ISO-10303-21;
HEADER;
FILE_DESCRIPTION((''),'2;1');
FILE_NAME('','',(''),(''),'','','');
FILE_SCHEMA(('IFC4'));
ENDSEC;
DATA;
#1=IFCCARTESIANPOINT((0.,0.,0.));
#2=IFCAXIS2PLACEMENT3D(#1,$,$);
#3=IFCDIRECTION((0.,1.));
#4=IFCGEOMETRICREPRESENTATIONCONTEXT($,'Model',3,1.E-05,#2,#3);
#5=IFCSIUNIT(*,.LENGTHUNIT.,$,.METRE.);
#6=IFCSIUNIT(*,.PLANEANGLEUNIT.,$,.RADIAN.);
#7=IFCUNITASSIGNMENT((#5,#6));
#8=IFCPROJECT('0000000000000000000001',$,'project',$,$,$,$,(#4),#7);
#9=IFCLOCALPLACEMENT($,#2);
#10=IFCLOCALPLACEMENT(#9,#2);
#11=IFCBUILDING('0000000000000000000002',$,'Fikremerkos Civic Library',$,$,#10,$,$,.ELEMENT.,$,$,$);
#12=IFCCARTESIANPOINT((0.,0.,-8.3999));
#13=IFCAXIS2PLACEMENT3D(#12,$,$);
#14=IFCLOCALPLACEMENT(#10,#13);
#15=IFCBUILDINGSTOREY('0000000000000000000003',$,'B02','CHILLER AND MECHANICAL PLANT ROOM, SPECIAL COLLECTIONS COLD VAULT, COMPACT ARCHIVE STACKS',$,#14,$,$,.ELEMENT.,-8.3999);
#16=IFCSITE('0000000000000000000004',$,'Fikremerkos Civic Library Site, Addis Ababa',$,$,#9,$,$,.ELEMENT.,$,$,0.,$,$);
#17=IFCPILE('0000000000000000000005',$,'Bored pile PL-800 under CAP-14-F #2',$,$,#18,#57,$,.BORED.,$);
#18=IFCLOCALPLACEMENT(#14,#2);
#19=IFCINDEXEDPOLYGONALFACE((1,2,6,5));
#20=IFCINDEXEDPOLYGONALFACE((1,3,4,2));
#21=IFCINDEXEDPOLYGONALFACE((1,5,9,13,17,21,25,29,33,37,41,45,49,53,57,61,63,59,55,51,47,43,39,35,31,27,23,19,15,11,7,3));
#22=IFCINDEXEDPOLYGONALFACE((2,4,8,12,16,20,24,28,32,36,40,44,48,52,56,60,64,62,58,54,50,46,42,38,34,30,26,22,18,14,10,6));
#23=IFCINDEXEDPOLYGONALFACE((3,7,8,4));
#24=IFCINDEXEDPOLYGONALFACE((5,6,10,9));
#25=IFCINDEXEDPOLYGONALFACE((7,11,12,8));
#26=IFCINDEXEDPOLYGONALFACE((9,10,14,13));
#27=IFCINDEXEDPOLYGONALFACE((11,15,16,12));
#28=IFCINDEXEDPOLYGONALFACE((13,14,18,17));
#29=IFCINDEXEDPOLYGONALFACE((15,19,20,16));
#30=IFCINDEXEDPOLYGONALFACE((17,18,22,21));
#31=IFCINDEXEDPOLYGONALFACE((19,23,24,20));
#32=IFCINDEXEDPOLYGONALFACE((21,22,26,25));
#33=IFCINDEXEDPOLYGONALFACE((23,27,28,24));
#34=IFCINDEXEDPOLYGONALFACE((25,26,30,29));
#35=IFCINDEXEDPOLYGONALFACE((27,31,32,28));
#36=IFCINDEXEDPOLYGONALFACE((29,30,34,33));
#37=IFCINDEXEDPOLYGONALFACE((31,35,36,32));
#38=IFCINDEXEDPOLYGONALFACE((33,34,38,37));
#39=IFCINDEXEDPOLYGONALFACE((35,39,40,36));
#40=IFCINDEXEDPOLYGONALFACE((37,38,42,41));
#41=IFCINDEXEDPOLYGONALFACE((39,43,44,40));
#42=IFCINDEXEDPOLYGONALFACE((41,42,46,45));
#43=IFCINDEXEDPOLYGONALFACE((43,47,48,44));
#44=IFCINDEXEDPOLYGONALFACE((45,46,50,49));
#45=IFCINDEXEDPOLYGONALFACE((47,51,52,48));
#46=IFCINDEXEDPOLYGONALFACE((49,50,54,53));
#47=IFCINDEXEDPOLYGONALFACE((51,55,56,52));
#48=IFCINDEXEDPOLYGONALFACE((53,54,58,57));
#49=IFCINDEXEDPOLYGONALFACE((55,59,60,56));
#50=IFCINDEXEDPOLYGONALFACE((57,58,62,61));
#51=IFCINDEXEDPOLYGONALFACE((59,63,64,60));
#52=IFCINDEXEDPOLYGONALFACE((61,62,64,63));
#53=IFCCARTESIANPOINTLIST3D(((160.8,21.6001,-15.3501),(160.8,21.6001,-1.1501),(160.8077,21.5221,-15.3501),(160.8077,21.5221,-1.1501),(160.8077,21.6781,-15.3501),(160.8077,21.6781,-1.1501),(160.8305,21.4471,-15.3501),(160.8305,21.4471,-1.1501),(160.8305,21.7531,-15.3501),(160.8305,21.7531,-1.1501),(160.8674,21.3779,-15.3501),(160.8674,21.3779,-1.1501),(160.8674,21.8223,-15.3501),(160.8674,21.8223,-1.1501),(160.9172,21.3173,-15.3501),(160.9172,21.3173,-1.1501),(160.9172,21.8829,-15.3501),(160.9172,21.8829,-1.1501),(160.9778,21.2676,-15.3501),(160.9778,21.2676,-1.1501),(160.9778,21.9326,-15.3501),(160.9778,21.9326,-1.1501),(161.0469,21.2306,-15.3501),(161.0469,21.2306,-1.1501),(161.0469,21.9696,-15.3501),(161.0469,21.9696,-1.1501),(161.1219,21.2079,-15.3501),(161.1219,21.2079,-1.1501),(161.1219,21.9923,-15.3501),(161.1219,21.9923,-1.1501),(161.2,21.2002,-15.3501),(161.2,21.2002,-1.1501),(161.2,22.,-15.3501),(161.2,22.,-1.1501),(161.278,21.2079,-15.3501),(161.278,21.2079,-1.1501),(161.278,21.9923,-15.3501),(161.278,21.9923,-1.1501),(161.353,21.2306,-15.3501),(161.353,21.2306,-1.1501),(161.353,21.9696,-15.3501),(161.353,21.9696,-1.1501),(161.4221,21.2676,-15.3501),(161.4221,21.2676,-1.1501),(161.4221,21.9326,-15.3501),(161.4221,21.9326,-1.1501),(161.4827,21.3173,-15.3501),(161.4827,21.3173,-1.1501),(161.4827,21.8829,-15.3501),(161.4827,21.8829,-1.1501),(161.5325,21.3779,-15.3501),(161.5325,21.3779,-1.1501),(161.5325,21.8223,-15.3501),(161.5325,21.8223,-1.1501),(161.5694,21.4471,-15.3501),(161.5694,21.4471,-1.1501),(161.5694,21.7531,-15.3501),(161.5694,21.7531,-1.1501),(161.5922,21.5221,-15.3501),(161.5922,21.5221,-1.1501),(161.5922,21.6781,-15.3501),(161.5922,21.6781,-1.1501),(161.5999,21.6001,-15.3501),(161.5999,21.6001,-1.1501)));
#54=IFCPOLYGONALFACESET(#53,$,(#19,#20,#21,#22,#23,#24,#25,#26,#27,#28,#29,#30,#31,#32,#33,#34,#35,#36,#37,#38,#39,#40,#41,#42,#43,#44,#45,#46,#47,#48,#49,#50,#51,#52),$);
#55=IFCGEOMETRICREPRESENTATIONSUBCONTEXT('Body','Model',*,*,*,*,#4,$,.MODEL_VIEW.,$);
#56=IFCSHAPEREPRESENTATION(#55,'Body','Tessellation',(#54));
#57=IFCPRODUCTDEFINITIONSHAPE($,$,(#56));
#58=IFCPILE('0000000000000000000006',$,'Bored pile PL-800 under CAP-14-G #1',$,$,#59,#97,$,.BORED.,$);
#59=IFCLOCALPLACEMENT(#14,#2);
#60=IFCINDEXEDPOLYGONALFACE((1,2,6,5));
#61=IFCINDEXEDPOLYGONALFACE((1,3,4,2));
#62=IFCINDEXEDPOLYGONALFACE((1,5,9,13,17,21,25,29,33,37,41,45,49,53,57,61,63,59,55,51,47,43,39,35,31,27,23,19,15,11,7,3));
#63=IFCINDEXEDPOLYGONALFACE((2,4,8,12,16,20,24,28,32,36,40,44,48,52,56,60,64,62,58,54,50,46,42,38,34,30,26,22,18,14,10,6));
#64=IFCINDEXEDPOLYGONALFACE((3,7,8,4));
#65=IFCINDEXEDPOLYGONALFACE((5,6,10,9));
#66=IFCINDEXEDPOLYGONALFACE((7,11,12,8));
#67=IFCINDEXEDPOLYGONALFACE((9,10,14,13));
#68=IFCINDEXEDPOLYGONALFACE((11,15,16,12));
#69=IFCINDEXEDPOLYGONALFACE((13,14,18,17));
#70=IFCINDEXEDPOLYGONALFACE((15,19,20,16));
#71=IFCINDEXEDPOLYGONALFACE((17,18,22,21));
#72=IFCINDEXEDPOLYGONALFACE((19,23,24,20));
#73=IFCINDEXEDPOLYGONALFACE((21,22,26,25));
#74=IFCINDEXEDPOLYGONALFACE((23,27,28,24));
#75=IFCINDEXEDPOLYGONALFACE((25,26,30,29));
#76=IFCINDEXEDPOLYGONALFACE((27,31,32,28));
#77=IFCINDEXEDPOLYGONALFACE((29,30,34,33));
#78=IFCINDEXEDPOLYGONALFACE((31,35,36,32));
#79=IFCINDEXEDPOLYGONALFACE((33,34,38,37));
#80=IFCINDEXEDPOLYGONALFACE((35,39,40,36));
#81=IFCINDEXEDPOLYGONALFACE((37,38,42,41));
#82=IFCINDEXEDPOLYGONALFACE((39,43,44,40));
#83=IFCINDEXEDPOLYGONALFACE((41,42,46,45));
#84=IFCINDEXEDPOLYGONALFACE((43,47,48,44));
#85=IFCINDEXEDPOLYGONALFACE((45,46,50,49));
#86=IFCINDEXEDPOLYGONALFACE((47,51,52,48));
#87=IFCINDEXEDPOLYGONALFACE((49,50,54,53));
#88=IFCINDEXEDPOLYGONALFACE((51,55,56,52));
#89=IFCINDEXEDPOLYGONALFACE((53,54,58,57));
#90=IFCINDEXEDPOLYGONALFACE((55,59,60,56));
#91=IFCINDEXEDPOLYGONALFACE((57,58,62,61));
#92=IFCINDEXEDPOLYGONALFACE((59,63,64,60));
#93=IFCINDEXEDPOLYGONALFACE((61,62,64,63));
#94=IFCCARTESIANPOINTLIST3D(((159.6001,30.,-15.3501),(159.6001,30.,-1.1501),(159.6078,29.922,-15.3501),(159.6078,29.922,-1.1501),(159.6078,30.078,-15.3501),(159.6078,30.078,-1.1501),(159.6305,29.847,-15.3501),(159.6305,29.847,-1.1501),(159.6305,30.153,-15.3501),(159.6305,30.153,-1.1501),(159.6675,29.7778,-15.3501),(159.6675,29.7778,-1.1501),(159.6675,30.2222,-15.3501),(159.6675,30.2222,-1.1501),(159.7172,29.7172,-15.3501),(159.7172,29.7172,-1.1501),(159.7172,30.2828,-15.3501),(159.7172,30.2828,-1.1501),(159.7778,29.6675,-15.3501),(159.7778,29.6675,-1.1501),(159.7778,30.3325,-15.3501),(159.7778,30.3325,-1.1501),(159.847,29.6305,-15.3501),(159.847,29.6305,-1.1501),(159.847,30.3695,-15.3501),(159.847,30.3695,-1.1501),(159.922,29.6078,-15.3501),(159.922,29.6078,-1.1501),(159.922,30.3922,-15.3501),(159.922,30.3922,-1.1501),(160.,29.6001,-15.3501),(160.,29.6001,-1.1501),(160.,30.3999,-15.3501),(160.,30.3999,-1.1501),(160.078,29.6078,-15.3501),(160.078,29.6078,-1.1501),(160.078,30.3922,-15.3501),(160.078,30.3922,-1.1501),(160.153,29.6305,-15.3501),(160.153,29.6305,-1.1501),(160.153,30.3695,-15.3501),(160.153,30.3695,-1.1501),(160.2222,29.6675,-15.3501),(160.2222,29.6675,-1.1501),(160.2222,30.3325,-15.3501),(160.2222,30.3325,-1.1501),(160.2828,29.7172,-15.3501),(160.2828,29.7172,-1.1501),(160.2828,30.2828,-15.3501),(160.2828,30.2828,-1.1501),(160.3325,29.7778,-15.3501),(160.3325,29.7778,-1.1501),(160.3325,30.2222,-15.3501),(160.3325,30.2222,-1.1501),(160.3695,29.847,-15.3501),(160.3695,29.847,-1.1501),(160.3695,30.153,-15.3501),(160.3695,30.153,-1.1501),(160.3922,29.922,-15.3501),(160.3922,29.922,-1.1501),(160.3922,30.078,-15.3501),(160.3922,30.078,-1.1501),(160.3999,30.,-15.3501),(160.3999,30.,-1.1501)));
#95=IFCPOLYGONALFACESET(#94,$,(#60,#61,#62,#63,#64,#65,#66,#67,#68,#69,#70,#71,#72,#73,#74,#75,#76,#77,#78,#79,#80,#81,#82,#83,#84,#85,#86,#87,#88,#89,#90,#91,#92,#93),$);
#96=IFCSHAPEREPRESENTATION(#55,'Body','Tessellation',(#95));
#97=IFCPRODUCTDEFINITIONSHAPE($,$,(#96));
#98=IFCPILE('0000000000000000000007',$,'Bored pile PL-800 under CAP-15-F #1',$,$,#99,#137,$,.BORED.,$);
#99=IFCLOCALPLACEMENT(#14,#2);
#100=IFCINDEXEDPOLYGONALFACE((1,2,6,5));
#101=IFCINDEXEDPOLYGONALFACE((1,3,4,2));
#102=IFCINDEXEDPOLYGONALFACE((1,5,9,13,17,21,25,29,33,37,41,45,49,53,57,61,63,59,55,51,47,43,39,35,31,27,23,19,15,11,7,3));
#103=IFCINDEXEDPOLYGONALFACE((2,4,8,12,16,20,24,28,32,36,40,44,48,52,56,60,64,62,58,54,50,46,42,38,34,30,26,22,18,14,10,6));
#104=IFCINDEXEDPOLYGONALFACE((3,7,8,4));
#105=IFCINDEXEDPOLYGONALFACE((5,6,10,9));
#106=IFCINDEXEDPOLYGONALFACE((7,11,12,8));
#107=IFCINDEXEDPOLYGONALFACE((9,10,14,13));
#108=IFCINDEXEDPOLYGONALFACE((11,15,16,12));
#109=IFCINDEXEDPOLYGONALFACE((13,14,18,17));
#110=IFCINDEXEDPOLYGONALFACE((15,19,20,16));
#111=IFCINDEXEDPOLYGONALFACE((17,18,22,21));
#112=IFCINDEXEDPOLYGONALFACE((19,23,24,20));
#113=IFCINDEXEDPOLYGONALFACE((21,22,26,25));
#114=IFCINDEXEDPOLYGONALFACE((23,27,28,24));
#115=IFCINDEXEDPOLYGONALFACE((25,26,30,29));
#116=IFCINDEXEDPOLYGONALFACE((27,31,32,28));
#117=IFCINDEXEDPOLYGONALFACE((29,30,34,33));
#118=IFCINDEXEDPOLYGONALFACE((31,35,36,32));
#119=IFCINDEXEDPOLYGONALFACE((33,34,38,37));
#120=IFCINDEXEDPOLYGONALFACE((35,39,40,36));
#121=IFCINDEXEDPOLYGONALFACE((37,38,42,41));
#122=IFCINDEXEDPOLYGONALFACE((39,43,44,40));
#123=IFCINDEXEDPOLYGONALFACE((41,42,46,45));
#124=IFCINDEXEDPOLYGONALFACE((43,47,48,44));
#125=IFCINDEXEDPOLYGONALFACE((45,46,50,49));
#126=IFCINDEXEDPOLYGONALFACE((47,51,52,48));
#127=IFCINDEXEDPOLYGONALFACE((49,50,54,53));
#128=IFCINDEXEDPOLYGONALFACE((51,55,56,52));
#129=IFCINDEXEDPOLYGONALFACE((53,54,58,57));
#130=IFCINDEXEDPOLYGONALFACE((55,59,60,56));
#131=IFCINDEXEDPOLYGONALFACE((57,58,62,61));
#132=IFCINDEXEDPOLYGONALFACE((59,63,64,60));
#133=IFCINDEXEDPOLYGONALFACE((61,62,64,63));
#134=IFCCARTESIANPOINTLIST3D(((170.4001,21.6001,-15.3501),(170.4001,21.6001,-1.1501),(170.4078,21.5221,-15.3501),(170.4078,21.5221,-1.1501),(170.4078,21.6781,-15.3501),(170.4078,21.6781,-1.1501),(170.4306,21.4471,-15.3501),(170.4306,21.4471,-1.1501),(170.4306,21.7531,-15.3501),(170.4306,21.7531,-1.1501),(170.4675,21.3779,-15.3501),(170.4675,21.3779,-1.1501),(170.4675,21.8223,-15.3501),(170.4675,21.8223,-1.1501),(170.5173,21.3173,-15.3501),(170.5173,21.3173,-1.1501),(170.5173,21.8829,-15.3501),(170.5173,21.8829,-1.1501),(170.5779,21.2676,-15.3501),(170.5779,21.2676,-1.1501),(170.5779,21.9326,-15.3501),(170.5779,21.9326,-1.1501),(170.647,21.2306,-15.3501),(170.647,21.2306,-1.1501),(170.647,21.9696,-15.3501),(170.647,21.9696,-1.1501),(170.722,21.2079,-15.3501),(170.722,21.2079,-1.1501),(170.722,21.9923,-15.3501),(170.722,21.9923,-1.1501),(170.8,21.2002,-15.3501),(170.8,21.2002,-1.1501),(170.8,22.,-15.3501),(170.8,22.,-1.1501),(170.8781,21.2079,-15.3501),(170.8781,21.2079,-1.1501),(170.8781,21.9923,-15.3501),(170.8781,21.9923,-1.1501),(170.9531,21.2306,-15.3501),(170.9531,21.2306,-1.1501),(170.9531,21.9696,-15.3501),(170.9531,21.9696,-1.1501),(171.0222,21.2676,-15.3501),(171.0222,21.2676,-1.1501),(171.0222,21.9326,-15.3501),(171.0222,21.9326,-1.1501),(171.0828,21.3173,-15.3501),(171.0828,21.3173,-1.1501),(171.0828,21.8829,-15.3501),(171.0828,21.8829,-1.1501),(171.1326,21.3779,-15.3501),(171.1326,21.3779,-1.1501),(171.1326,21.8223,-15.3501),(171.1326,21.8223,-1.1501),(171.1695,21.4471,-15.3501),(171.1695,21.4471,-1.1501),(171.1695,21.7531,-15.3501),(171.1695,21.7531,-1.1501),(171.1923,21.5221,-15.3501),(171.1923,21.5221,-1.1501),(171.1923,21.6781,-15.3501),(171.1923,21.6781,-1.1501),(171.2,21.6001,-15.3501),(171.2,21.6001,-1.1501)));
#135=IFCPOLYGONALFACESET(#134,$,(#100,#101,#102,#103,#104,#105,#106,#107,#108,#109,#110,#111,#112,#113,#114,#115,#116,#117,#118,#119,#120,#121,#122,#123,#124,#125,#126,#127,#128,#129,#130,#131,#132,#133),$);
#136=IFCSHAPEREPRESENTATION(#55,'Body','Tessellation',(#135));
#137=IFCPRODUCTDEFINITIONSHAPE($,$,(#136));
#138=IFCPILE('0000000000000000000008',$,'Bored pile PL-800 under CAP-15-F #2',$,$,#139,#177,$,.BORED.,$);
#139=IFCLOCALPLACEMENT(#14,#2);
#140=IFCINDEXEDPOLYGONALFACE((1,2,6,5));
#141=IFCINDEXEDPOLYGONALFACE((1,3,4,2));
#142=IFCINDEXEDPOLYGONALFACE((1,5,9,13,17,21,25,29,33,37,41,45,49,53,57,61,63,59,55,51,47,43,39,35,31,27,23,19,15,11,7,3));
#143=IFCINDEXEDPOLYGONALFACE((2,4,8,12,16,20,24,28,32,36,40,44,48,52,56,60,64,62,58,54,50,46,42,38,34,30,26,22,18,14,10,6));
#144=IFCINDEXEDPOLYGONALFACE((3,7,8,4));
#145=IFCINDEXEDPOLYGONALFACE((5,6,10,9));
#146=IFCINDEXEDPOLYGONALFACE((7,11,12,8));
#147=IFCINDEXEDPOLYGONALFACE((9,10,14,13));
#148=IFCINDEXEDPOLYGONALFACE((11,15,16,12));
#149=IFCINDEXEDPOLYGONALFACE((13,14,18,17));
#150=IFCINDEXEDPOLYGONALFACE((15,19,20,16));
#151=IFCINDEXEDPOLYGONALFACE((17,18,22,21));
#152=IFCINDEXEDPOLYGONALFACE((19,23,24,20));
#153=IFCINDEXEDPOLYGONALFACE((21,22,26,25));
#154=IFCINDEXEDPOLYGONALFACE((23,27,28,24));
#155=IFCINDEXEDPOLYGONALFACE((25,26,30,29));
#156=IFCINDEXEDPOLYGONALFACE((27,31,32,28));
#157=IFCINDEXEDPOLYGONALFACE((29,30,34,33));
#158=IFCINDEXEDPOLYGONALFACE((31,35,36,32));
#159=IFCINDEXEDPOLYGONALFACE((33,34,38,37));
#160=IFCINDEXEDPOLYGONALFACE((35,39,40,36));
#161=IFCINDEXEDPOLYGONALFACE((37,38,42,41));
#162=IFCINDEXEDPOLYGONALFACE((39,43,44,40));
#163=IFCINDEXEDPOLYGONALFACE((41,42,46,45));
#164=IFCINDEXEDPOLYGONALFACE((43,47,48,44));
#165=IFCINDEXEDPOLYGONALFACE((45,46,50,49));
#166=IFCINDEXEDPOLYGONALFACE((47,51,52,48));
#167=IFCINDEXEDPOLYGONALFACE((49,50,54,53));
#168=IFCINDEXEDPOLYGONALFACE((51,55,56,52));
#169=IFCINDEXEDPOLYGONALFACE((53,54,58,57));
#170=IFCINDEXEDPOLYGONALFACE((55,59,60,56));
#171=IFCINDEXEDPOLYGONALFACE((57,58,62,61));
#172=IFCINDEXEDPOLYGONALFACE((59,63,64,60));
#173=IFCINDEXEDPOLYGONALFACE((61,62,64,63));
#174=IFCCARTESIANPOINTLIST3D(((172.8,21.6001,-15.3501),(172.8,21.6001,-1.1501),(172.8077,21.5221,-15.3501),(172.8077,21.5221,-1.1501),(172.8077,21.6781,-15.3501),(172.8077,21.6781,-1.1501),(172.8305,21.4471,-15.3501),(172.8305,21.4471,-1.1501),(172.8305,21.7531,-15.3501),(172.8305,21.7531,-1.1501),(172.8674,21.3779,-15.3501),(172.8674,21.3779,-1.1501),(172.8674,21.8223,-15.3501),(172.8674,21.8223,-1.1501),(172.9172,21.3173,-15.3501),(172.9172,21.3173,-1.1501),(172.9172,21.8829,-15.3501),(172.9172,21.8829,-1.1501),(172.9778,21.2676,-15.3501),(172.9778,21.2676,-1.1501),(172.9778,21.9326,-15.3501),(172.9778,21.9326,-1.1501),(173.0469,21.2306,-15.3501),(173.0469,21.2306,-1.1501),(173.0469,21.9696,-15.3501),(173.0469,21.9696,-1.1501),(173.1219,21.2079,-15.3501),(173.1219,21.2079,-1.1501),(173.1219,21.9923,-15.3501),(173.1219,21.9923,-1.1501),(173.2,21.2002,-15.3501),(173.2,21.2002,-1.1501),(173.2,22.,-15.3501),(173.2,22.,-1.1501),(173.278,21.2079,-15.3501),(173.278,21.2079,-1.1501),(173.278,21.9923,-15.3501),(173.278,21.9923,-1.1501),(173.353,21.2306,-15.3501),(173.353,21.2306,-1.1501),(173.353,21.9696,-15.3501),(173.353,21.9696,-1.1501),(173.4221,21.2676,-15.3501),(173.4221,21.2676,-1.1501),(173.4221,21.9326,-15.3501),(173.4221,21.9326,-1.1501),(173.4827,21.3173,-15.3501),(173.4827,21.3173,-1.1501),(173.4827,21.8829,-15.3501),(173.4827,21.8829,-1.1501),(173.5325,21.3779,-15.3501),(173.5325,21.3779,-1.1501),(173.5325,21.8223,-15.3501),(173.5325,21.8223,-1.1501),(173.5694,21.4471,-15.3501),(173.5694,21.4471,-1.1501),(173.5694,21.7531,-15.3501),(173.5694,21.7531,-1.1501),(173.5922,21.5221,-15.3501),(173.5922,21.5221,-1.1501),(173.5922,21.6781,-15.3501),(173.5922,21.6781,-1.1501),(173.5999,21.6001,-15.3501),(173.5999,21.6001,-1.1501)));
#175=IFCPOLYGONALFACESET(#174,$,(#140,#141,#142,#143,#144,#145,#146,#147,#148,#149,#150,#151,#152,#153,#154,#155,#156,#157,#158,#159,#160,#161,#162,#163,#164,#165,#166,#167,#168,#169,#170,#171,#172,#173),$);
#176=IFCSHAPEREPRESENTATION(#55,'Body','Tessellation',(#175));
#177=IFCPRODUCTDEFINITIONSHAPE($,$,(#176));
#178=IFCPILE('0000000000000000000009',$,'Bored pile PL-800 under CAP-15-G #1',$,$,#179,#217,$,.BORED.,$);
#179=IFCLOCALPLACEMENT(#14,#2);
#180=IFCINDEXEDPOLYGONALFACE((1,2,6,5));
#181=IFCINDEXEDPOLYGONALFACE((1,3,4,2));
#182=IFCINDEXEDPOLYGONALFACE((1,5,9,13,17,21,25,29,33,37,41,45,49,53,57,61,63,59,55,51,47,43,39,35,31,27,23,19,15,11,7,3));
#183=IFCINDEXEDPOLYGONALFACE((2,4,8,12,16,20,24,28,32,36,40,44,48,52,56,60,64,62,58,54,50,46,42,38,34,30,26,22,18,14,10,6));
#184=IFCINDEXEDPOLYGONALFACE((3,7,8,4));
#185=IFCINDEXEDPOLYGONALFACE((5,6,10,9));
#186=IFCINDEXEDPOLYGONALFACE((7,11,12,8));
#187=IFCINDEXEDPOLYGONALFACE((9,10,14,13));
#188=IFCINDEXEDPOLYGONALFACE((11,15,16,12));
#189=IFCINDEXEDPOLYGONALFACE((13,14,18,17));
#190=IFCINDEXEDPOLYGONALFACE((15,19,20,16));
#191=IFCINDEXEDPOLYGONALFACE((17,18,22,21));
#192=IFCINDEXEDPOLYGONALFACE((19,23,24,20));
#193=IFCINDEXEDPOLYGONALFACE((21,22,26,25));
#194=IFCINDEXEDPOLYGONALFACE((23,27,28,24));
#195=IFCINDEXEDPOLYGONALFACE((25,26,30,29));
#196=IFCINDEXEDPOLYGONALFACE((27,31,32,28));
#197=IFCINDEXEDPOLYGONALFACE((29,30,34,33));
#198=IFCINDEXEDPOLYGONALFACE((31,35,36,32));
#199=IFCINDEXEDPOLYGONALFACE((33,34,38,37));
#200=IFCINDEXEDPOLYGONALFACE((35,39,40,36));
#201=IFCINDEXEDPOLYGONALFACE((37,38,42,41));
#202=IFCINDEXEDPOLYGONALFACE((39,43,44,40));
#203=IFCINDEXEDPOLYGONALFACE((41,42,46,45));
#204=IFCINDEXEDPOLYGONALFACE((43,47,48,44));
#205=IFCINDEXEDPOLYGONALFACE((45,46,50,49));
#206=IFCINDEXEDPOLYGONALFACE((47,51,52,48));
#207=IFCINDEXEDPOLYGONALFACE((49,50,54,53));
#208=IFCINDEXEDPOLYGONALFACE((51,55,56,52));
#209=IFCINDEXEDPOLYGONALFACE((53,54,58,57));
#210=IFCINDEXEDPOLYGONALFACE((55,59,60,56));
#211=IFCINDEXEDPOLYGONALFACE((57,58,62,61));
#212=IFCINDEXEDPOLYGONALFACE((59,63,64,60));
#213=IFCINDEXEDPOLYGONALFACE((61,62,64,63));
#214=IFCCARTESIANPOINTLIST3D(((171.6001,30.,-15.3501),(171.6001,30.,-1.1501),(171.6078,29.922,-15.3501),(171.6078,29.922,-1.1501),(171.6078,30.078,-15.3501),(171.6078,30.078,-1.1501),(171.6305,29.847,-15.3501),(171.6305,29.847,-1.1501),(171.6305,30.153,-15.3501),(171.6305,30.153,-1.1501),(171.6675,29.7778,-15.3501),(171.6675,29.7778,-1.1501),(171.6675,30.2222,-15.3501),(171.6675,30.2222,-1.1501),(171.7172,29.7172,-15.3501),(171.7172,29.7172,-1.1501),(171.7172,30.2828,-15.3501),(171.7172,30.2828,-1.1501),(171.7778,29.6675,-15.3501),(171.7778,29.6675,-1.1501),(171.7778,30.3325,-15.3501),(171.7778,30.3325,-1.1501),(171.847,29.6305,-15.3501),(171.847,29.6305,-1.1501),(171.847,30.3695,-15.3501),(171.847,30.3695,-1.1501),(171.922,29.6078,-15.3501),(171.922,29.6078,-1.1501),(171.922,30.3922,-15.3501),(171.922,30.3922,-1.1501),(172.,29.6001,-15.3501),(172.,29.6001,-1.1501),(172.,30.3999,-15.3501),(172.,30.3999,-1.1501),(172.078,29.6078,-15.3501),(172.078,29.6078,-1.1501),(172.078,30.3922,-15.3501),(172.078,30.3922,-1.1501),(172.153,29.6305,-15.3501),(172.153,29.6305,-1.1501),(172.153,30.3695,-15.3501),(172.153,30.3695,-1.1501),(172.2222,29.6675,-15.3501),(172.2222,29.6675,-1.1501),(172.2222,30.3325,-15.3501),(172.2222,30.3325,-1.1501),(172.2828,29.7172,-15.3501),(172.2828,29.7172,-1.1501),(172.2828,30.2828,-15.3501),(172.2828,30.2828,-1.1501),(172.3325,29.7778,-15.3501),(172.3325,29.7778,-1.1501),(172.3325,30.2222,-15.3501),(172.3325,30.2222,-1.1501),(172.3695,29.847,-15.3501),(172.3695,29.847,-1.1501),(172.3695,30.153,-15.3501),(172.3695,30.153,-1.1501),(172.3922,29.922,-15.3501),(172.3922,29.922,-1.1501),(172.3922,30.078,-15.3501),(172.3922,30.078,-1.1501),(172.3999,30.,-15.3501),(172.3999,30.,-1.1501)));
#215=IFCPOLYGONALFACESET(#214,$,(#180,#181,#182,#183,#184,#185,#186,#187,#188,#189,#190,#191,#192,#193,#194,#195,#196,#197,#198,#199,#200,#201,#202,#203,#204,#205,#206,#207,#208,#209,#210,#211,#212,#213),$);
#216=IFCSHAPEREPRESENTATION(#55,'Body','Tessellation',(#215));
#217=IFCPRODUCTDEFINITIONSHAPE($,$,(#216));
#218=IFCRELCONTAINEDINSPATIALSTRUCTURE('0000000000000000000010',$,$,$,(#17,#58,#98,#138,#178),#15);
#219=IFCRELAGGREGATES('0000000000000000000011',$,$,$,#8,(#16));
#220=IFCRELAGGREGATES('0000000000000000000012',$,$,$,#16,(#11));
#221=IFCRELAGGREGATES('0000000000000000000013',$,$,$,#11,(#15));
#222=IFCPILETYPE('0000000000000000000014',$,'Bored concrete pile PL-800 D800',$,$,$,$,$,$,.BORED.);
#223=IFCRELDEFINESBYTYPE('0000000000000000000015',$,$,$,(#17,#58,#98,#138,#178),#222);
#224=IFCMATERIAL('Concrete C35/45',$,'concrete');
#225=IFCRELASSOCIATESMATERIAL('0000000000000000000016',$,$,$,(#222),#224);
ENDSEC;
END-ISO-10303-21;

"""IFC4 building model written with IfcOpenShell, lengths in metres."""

from ifc_helpers import new_model, si_unit, direction, frame, origin, origin_2d, place, context, subcontext, project, spatial, circle, extrude, material, material_profile, profile_set, type_object, element, save


model = new_model("IFC4")

# Units and contexts
model_context = context("Model", 3, precision=1e-05, world=origin(), true_north=direction((0.0, 1.0)))
body_context = subcontext(model_context, "Body", "Model", "MODEL_VIEW")
ifc_project = project(units=[si_unit("LENGTHUNIT", "METRE"), si_unit("PLANEANGLEUNIT", "RADIAN")], contexts=[model_context])

# Site, building, storey
site_placement = place(None, origin())
site = spatial("IfcSite", under=ifc_project, at=site_placement, Name="Fikremerkos Civic Library Site, Addis Ababa", CompositionType="ELEMENT", RefElevation=0.0)
building_placement = place(site_placement, origin())
building = spatial("IfcBuilding", under=site, at=building_placement, Name="Fikremerkos Civic Library", CompositionType="ELEMENT")
storey_placement = place(building_placement, frame((0.0, 0.0, -8.3999)))
storey = spatial("IfcBuildingStorey", under=building, at=storey_placement, Name="B02", Description="CHILLER AND MECHANICAL PLANT ROOM, SPECIAL COLLECTIONS COLD VAULT, COMPACT ARCHIVE STACKS", CompositionType="ELEMENT", Elevation=-8.3999)

# Piles
ifc_material_1 = material(Name="Concrete C35/45", Category="concrete")
ifc_material_profile_1 = material_profile(ifc_material_1, circle(Radius=0.3999, at=origin_2d()), Name="BORED PILE 800")
ifc_profile_set_1 = profile_set([ifc_material_profile_1], Name="Concrete C35/45")
pile_type_1 = type_object("IfcPileType", Name="Bored concrete pile PL-800 D800", PredefinedType="BORED", material=ifc_profile_set_1)
for number, where, z_axis, x_axis, name in (
    (1, (161.2, 21.6001, -1.1501), (0.0, 0.0, -1.0), (1.0, 0.0, 0.0), "Bored pile PL-800 under CAP-14-F #2"),
    (2, (160.0, 30.0, -1.1501), (0.0, 0.0, -1.0), (1.0, 0.0, 0.0), "Bored pile PL-800 under CAP-14-G #1"),
    (3, (170.8, 21.6001, -1.1501), (0.0, 0.0, -1.0), (1.0, 0.0, 0.0), "Bored pile PL-800 under CAP-15-F #1"),
    (4, (173.2, 21.6001, -1.1501), (0.0, 0.0, -1.0), (1.0, 0.0, 0.0), "Bored pile PL-800 under CAP-15-F #2"),
    (5, (172.0, 30.0, -1.1501), (0.0, 0.0, -1.0), (1.0, 0.0, 0.0), "Bored pile PL-800 under CAP-15-G #1"),
):
    element("IfcPile", number, at=place(storey_placement, frame(where, z_axis=z_axis, x_axis=x_axis)), inside=storey, type_object=pile_type_1, Name=name, PredefinedType="BORED", context=body_context, shape_type="SweptSolid", body=[
        extrude(circle(Radius=0.3999, at=origin_2d()), origin(), (0.0, 0.0, 1.0), 14.2),
    ])

save(model, "model.ifc")
